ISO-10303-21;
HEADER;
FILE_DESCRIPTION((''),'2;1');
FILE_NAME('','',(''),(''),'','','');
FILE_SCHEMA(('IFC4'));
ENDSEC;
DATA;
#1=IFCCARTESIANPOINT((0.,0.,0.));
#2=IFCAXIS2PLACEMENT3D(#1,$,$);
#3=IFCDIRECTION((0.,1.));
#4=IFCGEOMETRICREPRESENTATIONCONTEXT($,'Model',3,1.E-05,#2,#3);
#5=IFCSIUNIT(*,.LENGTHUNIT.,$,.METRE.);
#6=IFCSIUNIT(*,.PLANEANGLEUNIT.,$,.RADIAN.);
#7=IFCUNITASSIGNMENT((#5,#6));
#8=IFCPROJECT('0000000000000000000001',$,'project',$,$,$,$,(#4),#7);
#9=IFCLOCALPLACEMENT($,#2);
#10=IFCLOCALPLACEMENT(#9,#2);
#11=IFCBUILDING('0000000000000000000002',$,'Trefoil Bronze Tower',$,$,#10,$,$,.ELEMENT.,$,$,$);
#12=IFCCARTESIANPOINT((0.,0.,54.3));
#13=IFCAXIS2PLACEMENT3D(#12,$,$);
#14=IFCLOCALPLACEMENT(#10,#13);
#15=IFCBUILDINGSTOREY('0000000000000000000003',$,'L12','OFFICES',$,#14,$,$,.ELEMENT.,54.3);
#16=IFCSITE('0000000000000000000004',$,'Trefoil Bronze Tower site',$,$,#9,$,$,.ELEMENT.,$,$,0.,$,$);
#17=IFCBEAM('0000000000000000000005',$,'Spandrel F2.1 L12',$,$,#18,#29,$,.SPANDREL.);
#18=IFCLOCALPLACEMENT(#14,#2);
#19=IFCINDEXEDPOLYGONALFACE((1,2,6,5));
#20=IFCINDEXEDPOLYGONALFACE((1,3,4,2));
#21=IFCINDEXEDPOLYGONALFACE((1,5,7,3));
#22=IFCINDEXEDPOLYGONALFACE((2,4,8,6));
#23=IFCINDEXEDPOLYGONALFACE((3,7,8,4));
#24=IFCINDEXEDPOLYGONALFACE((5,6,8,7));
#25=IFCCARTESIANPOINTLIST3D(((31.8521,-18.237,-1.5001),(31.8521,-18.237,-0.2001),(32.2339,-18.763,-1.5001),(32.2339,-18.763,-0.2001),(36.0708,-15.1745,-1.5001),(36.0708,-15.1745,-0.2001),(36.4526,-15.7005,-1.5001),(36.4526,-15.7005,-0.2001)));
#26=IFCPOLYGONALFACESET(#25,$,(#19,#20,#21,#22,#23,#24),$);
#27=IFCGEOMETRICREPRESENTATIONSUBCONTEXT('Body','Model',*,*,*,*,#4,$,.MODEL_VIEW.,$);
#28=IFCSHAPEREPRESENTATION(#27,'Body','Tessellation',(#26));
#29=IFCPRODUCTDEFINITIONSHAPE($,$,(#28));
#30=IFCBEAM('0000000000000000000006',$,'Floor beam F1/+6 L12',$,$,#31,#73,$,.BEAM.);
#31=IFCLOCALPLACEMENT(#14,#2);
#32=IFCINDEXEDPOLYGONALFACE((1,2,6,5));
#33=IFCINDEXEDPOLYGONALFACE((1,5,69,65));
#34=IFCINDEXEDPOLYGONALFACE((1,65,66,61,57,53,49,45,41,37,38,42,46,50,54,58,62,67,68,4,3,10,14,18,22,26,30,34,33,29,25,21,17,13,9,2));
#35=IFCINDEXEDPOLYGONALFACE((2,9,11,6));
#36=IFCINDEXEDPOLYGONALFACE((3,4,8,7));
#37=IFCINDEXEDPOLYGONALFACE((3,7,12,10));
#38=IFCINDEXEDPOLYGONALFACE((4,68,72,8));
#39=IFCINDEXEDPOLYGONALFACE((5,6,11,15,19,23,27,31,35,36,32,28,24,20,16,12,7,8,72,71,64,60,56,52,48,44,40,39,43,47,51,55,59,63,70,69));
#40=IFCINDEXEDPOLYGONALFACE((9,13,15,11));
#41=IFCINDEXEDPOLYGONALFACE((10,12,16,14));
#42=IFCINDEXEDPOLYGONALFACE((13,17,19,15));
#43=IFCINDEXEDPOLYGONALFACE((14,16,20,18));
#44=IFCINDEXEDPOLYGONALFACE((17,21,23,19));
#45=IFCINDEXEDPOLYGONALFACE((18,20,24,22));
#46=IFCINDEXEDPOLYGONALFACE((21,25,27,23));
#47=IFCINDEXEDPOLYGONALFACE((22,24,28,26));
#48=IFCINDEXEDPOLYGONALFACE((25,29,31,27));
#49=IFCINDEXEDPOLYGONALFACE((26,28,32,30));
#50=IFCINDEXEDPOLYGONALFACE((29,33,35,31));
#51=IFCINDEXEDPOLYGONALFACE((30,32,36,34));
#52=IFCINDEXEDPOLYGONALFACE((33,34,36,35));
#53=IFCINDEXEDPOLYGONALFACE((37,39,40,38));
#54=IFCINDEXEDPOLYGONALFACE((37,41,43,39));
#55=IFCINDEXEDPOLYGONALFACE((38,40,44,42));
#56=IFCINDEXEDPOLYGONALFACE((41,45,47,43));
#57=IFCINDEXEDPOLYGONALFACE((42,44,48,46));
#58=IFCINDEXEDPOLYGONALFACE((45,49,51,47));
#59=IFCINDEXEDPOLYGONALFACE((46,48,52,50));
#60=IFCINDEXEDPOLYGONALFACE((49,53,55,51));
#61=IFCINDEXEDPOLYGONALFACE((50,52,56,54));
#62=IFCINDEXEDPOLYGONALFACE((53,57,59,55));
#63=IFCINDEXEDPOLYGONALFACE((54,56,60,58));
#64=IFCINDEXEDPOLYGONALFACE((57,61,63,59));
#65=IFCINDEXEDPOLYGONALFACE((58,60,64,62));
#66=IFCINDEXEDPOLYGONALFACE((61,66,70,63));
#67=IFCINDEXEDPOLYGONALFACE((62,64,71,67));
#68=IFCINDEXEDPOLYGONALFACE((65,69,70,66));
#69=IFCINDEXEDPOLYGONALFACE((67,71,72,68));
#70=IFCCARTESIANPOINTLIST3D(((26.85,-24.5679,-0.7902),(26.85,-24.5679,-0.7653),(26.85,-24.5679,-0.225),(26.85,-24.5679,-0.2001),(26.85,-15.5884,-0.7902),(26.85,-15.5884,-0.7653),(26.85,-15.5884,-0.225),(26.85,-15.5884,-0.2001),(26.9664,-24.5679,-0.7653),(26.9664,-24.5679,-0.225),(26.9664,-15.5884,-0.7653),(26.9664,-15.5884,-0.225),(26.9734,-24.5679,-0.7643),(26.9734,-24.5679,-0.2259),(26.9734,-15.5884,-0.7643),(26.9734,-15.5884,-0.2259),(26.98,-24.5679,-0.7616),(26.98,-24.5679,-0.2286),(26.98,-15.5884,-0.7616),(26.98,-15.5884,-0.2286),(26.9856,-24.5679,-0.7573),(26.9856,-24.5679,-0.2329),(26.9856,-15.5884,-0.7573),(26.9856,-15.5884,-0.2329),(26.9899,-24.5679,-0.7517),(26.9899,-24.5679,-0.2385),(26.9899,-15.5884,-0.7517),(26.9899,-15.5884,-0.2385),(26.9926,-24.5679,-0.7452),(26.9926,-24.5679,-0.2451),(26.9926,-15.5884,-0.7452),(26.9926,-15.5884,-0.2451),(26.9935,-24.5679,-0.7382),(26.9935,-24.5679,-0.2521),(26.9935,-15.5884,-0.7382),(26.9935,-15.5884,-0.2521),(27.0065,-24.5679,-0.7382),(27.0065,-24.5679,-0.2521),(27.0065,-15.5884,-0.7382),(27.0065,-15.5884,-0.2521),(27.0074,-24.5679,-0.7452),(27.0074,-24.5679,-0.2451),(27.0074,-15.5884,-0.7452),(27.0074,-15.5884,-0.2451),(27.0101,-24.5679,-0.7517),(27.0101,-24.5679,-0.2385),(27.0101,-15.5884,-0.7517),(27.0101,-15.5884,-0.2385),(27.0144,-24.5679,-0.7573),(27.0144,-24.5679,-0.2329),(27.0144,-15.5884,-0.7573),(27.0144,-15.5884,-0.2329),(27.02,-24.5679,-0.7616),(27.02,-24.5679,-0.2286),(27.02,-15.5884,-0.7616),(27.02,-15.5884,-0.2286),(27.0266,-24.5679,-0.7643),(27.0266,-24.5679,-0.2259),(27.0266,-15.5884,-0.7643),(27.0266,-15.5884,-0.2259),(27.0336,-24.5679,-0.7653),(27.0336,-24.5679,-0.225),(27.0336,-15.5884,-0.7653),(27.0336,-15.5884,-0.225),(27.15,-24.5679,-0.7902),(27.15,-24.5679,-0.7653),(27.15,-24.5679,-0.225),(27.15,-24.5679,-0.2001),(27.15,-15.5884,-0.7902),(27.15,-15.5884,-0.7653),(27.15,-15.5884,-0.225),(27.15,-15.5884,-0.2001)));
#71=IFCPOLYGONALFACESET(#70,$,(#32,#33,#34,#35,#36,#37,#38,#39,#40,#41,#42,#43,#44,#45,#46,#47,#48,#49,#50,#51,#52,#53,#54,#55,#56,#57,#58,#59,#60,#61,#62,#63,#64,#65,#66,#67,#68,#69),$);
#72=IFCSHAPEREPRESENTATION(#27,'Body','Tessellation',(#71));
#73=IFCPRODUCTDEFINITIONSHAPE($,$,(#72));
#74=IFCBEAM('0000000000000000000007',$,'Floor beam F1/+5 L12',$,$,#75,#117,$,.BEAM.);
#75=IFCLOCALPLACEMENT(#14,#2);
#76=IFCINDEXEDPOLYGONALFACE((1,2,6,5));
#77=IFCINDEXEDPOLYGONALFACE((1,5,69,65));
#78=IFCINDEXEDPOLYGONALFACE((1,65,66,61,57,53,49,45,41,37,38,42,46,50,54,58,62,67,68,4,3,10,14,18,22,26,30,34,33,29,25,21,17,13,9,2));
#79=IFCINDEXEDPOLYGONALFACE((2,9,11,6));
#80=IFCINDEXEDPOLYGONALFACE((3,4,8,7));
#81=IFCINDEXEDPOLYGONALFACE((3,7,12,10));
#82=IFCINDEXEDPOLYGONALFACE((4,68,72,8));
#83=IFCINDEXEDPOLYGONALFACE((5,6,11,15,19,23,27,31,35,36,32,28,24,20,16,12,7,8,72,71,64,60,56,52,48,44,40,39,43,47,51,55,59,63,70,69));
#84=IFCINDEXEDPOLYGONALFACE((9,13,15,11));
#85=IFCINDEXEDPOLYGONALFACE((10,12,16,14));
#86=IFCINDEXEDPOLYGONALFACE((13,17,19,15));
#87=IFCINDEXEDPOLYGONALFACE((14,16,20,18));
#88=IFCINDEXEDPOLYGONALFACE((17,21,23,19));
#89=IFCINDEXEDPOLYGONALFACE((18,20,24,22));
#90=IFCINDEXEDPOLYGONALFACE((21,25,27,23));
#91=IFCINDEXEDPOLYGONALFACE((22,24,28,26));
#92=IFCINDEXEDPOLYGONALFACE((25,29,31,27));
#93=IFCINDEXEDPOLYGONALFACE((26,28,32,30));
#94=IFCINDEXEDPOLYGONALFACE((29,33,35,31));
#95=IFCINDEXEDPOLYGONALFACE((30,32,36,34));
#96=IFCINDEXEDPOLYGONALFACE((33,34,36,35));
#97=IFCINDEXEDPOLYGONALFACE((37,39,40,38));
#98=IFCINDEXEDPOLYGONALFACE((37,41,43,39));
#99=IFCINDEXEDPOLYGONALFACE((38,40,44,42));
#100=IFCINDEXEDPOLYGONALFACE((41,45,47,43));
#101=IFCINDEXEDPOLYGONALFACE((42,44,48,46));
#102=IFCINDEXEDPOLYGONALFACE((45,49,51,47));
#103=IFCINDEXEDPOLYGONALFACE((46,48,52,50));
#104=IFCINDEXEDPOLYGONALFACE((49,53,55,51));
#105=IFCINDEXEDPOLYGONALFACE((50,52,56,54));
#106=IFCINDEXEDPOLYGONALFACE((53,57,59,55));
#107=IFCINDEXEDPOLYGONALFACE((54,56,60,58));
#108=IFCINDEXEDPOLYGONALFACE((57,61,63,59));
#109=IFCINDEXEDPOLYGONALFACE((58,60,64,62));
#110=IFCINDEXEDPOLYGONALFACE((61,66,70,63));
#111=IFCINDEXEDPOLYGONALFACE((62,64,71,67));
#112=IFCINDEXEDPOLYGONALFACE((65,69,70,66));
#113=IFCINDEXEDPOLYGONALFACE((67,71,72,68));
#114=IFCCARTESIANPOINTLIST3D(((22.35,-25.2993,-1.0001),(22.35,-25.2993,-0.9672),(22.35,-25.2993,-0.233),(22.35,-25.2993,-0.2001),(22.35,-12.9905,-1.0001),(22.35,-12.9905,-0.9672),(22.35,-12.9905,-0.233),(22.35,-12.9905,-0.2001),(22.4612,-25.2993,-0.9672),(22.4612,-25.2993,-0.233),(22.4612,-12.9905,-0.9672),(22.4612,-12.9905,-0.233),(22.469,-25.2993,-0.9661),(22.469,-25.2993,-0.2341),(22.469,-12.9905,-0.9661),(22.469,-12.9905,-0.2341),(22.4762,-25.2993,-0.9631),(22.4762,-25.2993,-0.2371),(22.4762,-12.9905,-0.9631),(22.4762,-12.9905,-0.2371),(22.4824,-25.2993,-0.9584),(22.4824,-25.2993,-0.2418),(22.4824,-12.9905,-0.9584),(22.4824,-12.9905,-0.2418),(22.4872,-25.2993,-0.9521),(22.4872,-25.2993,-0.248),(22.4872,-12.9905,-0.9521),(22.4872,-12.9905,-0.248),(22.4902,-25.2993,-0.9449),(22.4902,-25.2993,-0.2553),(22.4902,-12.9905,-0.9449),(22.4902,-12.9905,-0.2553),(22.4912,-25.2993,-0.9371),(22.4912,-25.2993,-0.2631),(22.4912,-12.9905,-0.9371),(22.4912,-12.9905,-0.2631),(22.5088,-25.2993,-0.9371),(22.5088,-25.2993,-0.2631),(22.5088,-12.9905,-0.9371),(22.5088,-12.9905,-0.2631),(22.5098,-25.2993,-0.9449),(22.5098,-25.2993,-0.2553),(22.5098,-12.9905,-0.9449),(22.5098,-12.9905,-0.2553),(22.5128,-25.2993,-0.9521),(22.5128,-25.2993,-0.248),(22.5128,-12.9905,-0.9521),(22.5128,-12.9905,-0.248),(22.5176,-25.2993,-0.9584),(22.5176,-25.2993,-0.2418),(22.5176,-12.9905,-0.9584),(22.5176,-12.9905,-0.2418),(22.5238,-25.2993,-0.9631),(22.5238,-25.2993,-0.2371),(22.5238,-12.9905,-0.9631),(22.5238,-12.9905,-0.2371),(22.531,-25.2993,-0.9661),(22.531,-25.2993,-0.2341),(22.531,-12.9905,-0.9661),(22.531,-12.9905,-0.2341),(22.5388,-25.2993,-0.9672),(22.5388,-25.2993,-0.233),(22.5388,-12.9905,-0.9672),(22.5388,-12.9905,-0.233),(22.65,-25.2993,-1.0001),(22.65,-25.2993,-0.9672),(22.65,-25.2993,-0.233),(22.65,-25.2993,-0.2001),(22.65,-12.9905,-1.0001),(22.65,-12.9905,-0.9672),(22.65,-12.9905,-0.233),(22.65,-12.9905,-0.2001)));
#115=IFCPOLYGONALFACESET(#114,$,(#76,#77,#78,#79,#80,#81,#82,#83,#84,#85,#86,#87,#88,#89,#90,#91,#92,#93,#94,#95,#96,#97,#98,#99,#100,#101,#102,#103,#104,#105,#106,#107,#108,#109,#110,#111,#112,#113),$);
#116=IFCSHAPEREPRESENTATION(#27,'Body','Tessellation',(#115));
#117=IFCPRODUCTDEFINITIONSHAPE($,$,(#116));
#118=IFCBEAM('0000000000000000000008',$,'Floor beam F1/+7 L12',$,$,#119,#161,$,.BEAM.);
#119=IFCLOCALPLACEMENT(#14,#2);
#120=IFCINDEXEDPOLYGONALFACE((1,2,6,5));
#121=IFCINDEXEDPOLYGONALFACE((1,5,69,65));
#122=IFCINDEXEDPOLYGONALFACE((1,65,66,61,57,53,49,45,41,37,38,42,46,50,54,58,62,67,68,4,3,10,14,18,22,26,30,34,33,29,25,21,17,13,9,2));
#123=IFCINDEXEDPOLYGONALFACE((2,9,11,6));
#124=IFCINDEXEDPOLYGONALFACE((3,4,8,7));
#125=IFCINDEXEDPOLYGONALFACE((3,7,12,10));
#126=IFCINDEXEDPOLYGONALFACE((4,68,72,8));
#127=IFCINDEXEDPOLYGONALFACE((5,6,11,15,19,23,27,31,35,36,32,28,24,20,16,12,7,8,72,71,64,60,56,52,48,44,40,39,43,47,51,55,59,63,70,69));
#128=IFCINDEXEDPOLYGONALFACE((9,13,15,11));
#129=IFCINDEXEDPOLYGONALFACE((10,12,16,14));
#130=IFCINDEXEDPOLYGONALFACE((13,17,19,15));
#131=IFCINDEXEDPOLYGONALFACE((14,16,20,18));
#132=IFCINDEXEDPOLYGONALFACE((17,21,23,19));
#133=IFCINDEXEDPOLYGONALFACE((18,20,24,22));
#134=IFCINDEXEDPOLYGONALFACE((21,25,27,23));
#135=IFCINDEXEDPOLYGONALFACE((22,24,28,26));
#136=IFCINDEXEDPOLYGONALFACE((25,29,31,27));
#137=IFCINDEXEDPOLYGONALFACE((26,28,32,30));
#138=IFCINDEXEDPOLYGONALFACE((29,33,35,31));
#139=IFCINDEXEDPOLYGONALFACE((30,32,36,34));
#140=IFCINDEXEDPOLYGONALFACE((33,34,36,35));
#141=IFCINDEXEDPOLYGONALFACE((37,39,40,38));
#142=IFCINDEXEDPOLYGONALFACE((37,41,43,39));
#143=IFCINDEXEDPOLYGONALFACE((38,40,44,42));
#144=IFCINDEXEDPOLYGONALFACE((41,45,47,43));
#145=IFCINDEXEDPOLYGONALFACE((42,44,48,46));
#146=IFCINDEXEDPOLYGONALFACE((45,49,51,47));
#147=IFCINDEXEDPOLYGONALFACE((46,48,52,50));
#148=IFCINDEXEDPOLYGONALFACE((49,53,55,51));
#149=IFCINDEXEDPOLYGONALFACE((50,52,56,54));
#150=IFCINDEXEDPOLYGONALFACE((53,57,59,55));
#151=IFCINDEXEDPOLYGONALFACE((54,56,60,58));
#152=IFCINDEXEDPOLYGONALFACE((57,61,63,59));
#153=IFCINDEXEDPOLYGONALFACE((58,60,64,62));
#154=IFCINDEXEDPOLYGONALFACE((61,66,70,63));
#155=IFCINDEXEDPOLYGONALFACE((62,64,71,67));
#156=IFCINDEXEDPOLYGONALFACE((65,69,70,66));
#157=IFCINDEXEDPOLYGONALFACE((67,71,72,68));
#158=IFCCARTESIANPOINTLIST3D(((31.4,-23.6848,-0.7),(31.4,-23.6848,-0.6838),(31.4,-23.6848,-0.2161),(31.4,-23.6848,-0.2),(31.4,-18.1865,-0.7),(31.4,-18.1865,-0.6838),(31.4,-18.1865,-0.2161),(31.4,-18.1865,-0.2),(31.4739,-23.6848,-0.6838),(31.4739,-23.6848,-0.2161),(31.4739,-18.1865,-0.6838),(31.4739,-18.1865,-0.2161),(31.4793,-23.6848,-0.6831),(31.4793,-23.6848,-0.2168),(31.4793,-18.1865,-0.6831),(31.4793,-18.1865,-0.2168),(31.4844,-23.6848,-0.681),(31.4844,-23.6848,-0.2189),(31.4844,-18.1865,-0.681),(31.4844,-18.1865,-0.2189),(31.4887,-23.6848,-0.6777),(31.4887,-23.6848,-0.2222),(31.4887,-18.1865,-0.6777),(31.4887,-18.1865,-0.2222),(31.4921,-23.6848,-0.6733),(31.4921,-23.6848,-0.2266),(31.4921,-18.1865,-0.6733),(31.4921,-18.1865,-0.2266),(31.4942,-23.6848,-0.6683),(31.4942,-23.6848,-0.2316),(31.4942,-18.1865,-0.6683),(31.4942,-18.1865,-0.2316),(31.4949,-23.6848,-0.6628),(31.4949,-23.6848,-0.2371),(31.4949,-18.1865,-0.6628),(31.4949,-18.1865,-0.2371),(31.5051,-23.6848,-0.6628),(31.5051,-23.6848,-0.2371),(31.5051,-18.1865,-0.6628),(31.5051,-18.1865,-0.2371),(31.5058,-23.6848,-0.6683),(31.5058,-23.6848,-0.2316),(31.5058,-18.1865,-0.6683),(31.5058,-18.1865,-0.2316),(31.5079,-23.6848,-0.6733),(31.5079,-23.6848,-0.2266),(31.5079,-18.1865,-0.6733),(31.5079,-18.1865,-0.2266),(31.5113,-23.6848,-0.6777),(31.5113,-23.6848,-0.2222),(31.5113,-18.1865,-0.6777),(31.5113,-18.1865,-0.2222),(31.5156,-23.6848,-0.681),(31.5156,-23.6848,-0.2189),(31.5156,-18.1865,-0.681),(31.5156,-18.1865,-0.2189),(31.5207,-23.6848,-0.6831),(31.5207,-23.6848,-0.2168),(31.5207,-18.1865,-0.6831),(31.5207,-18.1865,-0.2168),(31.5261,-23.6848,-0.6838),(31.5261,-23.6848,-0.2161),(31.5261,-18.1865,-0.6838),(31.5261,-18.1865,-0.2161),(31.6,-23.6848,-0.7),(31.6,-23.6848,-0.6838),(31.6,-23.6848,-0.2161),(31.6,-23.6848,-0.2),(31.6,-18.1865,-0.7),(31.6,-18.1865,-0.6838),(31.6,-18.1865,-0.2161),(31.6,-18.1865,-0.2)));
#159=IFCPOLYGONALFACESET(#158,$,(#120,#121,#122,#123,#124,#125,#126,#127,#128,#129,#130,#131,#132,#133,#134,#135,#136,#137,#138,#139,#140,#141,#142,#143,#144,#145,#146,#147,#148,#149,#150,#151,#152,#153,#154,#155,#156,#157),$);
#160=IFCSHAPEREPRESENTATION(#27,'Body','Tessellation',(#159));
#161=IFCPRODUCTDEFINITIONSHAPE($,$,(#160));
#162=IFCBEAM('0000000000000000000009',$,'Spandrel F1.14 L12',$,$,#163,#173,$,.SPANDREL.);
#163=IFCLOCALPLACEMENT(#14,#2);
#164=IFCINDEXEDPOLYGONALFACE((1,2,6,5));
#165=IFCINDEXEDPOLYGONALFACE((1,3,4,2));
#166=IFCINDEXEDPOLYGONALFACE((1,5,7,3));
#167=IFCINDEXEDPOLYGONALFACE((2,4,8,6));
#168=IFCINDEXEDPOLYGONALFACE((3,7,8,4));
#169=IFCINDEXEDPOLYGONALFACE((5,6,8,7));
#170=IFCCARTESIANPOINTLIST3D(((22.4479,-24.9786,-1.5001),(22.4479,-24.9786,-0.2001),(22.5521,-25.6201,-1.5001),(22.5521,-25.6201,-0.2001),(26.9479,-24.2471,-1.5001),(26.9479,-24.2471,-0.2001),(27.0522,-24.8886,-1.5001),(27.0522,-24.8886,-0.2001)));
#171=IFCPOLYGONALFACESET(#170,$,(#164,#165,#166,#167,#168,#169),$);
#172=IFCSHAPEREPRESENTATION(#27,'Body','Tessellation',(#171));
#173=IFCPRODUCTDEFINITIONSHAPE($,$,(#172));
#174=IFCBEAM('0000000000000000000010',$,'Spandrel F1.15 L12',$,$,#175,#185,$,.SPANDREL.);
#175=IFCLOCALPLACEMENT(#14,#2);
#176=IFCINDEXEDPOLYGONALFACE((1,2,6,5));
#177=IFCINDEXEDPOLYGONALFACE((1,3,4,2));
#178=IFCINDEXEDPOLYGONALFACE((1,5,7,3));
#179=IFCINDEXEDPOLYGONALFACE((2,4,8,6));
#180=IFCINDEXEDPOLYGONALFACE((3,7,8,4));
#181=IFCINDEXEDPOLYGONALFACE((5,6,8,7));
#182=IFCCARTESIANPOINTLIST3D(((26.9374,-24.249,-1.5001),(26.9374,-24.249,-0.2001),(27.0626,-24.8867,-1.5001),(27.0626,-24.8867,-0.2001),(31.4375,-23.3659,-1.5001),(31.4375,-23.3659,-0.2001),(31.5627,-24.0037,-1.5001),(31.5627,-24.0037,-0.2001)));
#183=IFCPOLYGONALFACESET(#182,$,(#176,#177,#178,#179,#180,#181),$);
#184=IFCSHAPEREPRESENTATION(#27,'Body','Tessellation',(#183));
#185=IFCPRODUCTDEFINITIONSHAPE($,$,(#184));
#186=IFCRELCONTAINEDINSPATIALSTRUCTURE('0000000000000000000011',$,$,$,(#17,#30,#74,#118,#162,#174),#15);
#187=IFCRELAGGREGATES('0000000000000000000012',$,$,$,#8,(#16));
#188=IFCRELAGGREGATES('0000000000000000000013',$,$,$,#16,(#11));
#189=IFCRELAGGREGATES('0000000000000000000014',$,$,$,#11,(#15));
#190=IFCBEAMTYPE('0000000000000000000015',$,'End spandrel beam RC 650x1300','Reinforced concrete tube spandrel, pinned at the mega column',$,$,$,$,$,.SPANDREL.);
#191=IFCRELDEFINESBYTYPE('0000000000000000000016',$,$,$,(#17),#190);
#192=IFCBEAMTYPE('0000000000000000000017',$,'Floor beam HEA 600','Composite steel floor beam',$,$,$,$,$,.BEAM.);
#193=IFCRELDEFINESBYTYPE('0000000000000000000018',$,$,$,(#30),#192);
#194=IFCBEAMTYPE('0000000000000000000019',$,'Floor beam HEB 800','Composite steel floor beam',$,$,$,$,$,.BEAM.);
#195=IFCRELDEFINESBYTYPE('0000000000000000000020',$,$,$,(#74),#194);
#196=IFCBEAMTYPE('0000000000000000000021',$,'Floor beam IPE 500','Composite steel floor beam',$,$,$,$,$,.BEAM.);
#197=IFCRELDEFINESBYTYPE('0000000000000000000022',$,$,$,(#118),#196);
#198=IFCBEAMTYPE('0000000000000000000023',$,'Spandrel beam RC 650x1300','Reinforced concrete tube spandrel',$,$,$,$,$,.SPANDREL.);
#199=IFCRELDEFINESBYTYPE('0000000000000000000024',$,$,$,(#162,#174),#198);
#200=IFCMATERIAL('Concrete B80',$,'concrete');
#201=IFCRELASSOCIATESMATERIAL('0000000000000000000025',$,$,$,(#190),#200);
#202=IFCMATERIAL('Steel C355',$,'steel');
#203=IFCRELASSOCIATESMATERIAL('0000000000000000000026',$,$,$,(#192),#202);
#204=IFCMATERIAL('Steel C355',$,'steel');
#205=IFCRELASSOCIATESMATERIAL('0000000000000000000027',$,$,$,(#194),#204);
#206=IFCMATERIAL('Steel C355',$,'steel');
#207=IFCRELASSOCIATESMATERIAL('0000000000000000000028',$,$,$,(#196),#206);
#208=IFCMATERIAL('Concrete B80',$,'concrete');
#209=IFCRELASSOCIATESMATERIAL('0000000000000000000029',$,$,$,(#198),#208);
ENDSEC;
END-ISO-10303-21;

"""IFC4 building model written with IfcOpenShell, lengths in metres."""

from ifc_helpers import new_model, si_unit, direction, frame, origin, origin_2d, place, context, subcontext, project, spatial, rectangle, i_section, extrude, material, material_profile, profile_set, type_object, element, save


model = new_model("IFC4")

# Units and contexts
model_context = context("Model", 3, precision=1e-05, world=origin(), true_north=direction((0.0, 1.0)))
body_context = subcontext(model_context, "Body", "Model", "MODEL_VIEW")
ifc_project = project(units=[si_unit("LENGTHUNIT", "METRE"), si_unit("PLANEANGLEUNIT", "RADIAN")], contexts=[model_context])

# Site, building, storey
site_placement = place(None, origin())
site = spatial("IfcSite", under=ifc_project, at=site_placement, Name="Trefoil Bronze Tower site", CompositionType="ELEMENT", RefElevation=0.0)
building_placement = place(site_placement, origin())
building = spatial("IfcBuilding", under=site, at=building_placement, Name="Trefoil Bronze Tower", CompositionType="ELEMENT")
storey_placement = place(building_placement, frame((0.0, 0.0, 54.3)))
storey = spatial("IfcBuildingStorey", under=building, at=storey_placement, Name="L12", Description="OFFICES", CompositionType="ELEMENT", Elevation=54.3)

# Beams
ifc_material_1 = material(Name="Concrete B80", Category="concrete")
ifc_material_profile_1 = material_profile(ifc_material_1, rectangle(XDim=0.6499, YDim=1.3, at=origin_2d()), Name="RC 650x1300")
ifc_profile_set_1 = profile_set([ifc_material_profile_1], Name="Concrete B80")
beam_type_1 = type_object("IfcBeamType", Name="End spandrel beam RC 650x1300", Description="Reinforced concrete tube spandrel, pinned at the mega column", PredefinedType="SPANDREL", material=ifc_profile_set_1)
for number, where, z_axis, x_axis, name in (
    (1, (32.043, -18.5, -0.8501), (0.809254, 0.587459, 0.0), (-0.587459, 0.809254, 0.0), "Spandrel F2.1 L12"),
):
    element("IfcBeam", number, at=place(storey_placement, frame(where, z_axis=z_axis, x_axis=x_axis)), inside=storey, type_object=beam_type_1, Name=name, PredefinedType="SPANDREL", context=body_context, shape_type="SweptSolid", body=[
        extrude(rectangle(XDim=0.6499, YDim=1.3, at=origin_2d()), origin(), (0.0, 0.0, 1.0), 5.2131),
    ])
ifc_material_2 = material(Name="Steel C355", Category="steel")
ifc_material_profile_2 = material_profile(ifc_material_2, i_section(OverallWidth=0.3, OverallDepth=0.5901, WebThickness=0.0129, FlangeThickness=0.0249, FilletRadius=0.0271, at=origin_2d()), Name="HEA 600")
ifc_profile_set_2 = profile_set([ifc_material_profile_2], Name="Steel C355")
beam_type_2 = type_object("IfcBeamType", Name="Floor beam HEA 600", Description="Composite steel floor beam", PredefinedType="BEAM", material=ifc_profile_set_2)
beam_1_placement = place(storey_placement, frame((27.0, -24.5679, -0.4951), z_axis=(0.0, 1.0, 0.0), x_axis=(-1.0, 0.0, 0.0)))
element("IfcBeam", 2, at=beam_1_placement, inside=storey, type_object=beam_type_2, Name="Floor beam F1/+6 L12", PredefinedType="BEAM", context=body_context, shape_type="SweptSolid", body=[
    extrude(i_section(OverallWidth=0.3, OverallDepth=0.5901, WebThickness=0.0129, FlangeThickness=0.0249, FilletRadius=0.0271, at=origin_2d()), origin(), (0.0, 0.0, 1.0), 8.9795),
])
ifc_material_3 = material(Name="Steel C355", Category="steel")
ifc_material_profile_3 = material_profile(ifc_material_3, i_section(OverallWidth=0.3, OverallDepth=0.8, WebThickness=0.0176, FlangeThickness=0.033, FilletRadius=0.03, at=origin_2d()), Name="HEB 800")
ifc_profile_set_3 = profile_set([ifc_material_profile_3], Name="Steel C355")
beam_type_3 = type_object("IfcBeamType", Name="Floor beam HEB 800", Description="Composite steel floor beam", PredefinedType="BEAM", material=ifc_profile_set_3)
beam_2_placement = place(storey_placement, frame((22.5, -25.2993, -0.6001), z_axis=(0.0, 1.0, 0.0), x_axis=(-1.0, 0.0, 0.0)))
element("IfcBeam", 3, at=beam_2_placement, inside=storey, type_object=beam_type_3, Name="Floor beam F1/+5 L12", PredefinedType="BEAM", context=body_context, shape_type="SweptSolid", body=[
    extrude(i_section(OverallWidth=0.3, OverallDepth=0.8, WebThickness=0.0176, FlangeThickness=0.033, FilletRadius=0.03, at=origin_2d()), origin(), (0.0, 0.0, 1.0), 12.3088),
])
ifc_material_4 = material(Name="Steel C355", Category="steel")
ifc_material_profile_4 = material_profile(ifc_material_4, i_section(OverallWidth=0.2, OverallDepth=0.5, WebThickness=0.0103, FlangeThickness=0.0161, FilletRadius=0.021, at=origin_2d()), Name="IPE 500")
ifc_profile_set_4 = profile_set([ifc_material_profile_4], Name="Steel C355")
beam_type_4 = type_object("IfcBeamType", Name="Floor beam IPE 500", Description="Composite steel floor beam", PredefinedType="BEAM", material=ifc_profile_set_4)
beam_3_placement = place(storey_placement, frame((31.5, -23.6848, -0.45), z_axis=(0.0, 1.0, 0.0), x_axis=(-1.0, 0.0, 0.0)))
element("IfcBeam", 4, at=beam_3_placement, inside=storey, type_object=beam_type_4, Name="Floor beam F1/+7 L12", PredefinedType="BEAM", context=body_context, shape_type="SweptSolid", body=[
    extrude(i_section(OverallWidth=0.2, OverallDepth=0.5, WebThickness=0.0103, FlangeThickness=0.0161, FilletRadius=0.021, at=origin_2d()), origin(), (0.0, 0.0, 1.0), 5.4983),
])
ifc_material_5 = material(Name="Concrete B80", Category="concrete")
ifc_material_profile_5 = material_profile(ifc_material_5, rectangle(XDim=0.6499, YDim=1.3, at=origin_2d()), Name="RC 650x1300")
ifc_profile_set_5 = profile_set([ifc_material_profile_5], Name="Concrete B80")
beam_type_5 = type_object("IfcBeamType", Name="Spandrel beam RC 650x1300", Description="Reinforced concrete tube spandrel", PredefinedType="SPANDREL", material=ifc_profile_set_5)
beam_4_placement = place(storey_placement, frame((22.5, -25.2993, -0.8501), z_axis=(0.987046, 0.160438, 0.0), x_axis=(-0.160438, 0.987046, 0.0)))
element("IfcBeam", 5, at=beam_4_placement, inside=storey, type_object=beam_type_5, Name="Spandrel F1.14 L12", PredefinedType="SPANDREL", context=body_context, shape_type="SweptSolid", body=[
    extrude(rectangle(XDim=0.6499, YDim=1.3, at=origin_2d()), origin(), (0.0, 0.0, 1.0), 4.5591),
])
beam_5_placement = place(storey_placement, frame((27.0, -24.5679, -0.8501), z_axis=(0.981285, 0.192562, 0.0), x_axis=(-0.192562, 0.981285, 0.0)))
element("IfcBeam", 6, at=beam_5_placement, inside=storey, type_object=beam_type_5, Name="Spandrel F1.15 L12", PredefinedType="SPANDREL", context=body_context, shape_type="SweptSolid", body=[
    extrude(rectangle(XDim=0.6499, YDim=1.3, at=origin_2d()), origin(), (0.0, 0.0, 1.0), 4.5859),
])

save(model, "model.ifc")
